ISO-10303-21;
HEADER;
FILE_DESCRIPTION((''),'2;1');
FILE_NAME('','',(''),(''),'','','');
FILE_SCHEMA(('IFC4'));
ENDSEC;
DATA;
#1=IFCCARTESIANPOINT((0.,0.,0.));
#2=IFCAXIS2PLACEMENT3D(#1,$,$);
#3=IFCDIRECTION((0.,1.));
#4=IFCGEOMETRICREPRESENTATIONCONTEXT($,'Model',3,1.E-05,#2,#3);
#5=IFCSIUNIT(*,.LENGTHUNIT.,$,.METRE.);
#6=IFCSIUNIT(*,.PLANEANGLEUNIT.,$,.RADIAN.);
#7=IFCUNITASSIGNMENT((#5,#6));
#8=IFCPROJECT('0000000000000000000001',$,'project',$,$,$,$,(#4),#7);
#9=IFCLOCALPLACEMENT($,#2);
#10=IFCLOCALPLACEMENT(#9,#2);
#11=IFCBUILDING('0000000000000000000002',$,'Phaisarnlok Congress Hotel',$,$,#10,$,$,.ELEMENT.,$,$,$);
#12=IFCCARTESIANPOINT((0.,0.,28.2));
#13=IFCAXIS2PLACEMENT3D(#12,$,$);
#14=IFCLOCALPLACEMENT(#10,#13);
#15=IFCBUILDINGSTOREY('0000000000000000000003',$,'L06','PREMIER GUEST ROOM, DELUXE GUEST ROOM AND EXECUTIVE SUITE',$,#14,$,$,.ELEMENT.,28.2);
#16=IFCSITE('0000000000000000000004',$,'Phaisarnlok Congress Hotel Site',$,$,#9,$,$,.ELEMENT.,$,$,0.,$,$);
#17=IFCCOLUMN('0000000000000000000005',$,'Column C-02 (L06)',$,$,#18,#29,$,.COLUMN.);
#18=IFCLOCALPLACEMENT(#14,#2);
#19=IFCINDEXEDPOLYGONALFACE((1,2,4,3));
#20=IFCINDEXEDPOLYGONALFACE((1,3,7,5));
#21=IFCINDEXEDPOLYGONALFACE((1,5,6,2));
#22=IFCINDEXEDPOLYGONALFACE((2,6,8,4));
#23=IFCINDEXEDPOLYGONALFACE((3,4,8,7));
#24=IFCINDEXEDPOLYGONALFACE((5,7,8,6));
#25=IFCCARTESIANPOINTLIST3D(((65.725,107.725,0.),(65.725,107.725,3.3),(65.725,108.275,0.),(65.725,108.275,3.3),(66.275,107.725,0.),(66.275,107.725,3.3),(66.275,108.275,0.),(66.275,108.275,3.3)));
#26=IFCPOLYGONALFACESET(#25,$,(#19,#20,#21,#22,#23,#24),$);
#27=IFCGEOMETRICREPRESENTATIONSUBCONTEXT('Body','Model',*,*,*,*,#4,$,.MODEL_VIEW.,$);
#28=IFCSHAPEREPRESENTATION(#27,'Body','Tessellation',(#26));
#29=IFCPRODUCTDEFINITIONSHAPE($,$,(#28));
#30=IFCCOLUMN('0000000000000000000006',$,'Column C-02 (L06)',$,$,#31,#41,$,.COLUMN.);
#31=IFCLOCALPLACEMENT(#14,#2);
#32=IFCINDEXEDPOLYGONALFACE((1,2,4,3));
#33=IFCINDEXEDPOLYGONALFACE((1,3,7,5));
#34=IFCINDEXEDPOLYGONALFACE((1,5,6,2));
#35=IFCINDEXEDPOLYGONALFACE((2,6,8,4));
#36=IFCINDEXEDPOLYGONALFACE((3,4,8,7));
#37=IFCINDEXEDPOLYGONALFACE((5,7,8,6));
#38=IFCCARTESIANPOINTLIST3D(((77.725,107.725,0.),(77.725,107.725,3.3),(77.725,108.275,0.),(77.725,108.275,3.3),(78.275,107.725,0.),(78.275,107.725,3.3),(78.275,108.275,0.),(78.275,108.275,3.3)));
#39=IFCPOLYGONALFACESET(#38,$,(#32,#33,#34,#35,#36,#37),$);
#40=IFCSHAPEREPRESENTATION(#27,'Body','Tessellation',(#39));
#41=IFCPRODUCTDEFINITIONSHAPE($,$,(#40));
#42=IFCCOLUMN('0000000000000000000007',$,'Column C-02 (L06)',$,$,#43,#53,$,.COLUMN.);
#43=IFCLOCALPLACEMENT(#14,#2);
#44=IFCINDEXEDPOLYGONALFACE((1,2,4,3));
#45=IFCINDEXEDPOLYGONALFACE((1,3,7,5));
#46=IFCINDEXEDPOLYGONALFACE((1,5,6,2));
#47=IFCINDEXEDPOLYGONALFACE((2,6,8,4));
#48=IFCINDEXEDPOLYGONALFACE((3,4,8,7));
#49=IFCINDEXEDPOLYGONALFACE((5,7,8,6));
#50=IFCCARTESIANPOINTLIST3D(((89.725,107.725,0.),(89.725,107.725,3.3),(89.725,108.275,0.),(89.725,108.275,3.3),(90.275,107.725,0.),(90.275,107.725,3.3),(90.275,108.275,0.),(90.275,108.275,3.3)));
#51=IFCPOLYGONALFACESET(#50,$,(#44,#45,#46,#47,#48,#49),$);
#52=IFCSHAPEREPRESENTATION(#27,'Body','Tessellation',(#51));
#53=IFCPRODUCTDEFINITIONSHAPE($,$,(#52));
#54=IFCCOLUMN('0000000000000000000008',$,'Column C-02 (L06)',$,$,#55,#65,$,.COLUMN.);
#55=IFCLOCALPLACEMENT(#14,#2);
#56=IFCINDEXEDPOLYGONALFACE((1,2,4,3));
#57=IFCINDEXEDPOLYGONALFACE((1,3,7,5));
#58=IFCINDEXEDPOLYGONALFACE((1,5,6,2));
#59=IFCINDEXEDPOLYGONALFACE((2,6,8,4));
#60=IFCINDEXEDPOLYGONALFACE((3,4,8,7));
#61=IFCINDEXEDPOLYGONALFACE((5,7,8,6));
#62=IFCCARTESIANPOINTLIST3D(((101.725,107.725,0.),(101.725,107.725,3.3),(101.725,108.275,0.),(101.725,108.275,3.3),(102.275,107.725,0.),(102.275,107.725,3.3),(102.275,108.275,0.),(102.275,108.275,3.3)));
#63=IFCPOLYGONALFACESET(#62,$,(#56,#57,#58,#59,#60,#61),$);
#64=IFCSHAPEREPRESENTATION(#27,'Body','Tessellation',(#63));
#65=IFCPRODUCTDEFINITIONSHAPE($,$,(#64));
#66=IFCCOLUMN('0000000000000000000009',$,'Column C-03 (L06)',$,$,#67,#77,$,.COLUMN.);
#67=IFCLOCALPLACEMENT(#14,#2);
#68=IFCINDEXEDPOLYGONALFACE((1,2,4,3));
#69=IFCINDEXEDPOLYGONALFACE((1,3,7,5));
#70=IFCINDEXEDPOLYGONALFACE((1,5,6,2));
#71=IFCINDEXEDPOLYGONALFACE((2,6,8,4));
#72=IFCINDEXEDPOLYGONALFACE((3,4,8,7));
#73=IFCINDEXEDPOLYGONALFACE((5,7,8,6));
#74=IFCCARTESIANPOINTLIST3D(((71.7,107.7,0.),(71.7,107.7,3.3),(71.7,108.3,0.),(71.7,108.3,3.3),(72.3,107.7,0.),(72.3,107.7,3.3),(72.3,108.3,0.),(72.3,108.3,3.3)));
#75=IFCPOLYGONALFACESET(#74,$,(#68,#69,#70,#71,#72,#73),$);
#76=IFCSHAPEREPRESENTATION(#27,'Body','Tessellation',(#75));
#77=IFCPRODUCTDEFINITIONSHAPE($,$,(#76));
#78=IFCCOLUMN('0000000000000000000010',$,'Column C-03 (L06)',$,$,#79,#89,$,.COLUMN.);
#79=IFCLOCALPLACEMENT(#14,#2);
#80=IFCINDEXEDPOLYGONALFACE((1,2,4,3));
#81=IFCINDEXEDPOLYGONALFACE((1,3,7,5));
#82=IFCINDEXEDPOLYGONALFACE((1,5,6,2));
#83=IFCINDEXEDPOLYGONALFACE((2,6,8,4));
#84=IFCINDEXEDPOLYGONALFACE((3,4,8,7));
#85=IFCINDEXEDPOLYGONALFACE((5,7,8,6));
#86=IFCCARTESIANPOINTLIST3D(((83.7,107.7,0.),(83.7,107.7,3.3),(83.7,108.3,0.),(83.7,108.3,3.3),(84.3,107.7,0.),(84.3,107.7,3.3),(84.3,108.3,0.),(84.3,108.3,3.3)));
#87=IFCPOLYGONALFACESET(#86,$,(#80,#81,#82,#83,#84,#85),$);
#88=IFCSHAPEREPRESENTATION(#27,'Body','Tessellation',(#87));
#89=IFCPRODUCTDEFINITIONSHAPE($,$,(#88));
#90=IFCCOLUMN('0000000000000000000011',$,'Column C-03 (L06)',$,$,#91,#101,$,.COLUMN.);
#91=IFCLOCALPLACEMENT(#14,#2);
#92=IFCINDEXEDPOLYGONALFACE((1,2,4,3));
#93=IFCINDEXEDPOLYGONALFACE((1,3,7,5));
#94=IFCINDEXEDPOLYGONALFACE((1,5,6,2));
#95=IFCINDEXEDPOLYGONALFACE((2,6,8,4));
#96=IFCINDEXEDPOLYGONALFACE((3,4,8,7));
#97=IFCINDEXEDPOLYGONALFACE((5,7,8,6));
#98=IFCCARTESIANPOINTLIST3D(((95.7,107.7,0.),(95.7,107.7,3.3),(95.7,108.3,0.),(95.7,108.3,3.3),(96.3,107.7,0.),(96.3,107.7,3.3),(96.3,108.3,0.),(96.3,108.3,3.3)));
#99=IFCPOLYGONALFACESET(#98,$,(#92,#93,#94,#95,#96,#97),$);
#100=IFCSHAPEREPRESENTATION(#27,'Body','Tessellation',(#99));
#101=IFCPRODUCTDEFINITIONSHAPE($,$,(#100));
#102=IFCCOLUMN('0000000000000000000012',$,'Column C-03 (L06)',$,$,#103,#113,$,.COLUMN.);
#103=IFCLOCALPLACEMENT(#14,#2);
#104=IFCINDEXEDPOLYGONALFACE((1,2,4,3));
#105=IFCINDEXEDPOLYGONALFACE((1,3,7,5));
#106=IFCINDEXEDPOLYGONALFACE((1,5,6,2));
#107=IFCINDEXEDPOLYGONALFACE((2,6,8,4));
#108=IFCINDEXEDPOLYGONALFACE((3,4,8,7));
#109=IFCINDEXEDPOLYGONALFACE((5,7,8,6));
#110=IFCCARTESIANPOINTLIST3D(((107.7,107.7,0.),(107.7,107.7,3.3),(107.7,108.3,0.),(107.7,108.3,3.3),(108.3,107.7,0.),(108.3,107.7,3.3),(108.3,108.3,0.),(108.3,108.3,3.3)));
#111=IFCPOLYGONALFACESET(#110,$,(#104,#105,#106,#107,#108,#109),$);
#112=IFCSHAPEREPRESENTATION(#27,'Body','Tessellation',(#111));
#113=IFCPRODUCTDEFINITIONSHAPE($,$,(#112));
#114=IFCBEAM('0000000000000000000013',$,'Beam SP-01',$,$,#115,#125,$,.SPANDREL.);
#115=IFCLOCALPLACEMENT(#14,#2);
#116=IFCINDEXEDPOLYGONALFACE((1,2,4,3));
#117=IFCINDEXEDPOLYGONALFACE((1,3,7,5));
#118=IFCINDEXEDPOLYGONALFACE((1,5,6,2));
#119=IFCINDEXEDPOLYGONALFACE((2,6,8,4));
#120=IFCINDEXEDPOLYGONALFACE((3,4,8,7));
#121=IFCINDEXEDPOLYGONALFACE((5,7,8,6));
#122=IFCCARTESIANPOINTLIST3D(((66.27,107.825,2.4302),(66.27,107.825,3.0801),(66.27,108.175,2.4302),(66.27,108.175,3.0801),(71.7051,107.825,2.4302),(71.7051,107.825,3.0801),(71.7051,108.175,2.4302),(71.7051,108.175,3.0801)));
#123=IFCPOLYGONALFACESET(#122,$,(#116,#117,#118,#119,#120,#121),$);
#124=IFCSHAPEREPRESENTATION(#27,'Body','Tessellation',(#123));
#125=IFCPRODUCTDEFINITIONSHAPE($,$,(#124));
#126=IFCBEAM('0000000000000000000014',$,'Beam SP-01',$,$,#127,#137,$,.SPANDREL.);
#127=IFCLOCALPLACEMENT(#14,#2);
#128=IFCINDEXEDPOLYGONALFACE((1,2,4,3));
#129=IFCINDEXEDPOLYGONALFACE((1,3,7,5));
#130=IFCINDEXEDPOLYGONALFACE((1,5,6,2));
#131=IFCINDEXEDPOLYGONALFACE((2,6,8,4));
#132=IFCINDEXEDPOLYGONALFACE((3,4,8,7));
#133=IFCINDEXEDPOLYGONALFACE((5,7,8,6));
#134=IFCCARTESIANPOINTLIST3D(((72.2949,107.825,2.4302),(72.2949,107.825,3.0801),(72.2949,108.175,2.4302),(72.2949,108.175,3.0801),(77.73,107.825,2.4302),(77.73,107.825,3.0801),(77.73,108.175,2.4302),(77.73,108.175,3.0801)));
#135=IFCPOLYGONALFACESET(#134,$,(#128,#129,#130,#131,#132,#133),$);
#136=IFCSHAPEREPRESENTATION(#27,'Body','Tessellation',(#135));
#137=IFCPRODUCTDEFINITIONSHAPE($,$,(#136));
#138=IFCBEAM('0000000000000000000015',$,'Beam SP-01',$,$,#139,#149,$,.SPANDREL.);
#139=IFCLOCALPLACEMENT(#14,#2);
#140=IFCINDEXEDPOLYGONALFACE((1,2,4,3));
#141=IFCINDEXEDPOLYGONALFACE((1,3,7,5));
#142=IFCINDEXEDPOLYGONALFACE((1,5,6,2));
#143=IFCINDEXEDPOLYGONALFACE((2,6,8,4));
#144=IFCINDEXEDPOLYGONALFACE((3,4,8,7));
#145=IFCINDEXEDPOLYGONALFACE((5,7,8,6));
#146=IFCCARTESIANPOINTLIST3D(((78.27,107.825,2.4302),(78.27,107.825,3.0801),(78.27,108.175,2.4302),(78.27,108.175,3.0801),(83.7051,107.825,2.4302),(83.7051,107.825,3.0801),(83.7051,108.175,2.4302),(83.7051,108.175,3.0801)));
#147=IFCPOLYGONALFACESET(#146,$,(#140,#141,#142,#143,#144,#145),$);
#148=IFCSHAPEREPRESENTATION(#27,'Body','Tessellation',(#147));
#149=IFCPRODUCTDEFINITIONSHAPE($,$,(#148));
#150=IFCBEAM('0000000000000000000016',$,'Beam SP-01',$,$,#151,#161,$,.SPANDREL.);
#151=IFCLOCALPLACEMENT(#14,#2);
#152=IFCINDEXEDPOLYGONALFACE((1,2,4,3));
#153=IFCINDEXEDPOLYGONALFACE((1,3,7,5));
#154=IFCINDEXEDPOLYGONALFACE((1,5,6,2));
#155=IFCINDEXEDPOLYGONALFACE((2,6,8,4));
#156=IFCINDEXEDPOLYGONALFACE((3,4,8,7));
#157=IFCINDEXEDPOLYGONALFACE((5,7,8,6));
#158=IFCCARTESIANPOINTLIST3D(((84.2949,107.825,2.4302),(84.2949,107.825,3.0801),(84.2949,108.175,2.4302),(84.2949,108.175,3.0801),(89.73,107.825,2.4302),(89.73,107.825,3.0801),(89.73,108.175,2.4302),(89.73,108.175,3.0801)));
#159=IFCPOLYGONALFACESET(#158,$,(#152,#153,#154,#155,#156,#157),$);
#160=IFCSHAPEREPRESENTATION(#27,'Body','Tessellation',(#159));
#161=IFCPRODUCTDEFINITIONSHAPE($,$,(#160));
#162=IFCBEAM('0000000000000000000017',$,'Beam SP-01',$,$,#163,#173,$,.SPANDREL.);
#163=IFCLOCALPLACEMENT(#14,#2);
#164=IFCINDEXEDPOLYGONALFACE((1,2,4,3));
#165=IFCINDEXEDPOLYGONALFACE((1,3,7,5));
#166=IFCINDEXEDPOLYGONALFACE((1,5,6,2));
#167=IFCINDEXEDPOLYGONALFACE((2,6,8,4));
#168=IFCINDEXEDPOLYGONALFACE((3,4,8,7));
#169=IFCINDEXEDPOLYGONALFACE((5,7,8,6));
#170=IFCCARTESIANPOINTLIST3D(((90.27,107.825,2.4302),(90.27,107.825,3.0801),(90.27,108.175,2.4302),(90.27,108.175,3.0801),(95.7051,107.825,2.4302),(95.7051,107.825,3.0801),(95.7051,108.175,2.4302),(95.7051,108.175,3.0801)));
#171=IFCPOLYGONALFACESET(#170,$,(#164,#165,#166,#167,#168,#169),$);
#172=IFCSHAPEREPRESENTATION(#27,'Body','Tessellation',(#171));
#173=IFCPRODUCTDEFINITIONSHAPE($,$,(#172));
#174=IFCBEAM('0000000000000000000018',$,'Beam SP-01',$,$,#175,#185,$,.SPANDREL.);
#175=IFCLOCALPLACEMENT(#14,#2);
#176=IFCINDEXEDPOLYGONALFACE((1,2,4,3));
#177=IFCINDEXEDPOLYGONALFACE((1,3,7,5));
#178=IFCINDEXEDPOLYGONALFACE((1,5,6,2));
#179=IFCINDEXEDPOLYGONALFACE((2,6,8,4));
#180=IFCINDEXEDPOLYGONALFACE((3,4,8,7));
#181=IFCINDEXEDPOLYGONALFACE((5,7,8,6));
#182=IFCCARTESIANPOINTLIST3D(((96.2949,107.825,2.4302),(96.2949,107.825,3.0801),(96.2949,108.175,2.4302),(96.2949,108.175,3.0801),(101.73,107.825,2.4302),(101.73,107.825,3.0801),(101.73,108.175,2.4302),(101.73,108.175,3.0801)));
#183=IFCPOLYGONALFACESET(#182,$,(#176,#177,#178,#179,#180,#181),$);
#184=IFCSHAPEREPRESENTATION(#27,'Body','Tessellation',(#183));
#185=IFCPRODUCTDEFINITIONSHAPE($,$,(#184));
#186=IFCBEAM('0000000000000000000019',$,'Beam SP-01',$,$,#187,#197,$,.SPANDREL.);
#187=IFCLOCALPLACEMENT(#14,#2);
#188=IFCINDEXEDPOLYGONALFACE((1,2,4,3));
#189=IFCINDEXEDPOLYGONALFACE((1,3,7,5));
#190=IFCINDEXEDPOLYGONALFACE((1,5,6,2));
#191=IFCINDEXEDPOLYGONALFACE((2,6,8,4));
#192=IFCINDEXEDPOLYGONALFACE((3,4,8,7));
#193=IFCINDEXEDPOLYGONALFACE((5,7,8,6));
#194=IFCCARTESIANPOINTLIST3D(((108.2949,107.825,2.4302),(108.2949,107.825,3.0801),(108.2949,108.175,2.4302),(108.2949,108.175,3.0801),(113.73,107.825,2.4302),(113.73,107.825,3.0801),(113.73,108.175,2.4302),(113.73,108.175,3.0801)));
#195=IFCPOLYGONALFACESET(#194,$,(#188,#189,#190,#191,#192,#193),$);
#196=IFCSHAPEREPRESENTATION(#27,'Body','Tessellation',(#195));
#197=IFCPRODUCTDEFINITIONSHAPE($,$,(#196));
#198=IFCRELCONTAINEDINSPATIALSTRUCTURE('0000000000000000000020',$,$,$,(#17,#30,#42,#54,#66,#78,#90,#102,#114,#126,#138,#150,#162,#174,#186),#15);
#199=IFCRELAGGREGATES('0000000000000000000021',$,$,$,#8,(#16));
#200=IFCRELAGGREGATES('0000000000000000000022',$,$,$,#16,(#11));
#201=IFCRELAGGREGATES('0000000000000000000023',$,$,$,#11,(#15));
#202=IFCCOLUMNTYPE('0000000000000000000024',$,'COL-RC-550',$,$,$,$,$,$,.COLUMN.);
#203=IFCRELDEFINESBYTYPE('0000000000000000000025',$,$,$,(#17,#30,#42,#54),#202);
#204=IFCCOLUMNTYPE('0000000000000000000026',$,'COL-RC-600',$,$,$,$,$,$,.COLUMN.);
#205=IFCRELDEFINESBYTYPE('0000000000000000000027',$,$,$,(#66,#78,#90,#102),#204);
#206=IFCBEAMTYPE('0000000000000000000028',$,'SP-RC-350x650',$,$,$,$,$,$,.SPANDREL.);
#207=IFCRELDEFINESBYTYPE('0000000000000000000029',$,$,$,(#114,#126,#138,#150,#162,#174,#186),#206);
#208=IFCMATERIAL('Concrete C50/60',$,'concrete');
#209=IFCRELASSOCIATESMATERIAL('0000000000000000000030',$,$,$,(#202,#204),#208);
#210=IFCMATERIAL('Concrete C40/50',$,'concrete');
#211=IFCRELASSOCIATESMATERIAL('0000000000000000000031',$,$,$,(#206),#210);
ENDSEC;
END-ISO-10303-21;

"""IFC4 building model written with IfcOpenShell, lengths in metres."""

from ifc_helpers import new_model, si_unit, direction, frame, origin, origin_2d, place, context, subcontext, project, spatial, rectangle, extrude, material, material_profile, profile_set, type_object, element, save


model = new_model("IFC4")

# Units and contexts
model_context = context("Model", 3, precision=1e-05, world=origin(), true_north=direction((0.0, 1.0)))
body_context = subcontext(model_context, "Body", "Model", "MODEL_VIEW")
ifc_project = project(units=[si_unit("LENGTHUNIT", "METRE"), si_unit("PLANEANGLEUNIT", "RADIAN")], contexts=[model_context])

# Site, building, storey
site_placement = place(None, origin())
site = spatial("IfcSite", under=ifc_project, at=site_placement, Name="Phaisarnlok Congress Hotel Site", CompositionType="ELEMENT", RefElevation=0.0)
building_placement = place(site_placement, origin())
building = spatial("IfcBuilding", under=site, at=building_placement, Name="Phaisarnlok Congress Hotel", CompositionType="ELEMENT")
storey_placement = place(building_placement, frame((0.0, 0.0, 28.2)))
storey = spatial("IfcBuildingStorey", under=building, at=storey_placement, Name="L06", Description="PREMIER GUEST ROOM, DELUXE GUEST ROOM AND EXECUTIVE SUITE", CompositionType="ELEMENT", Elevation=28.2)

# Columns
ifc_material_1 = material(Name="Concrete C50/60", Category="concrete")
ifc_material_profile_1 = material_profile(ifc_material_1, rectangle(XDim=0.55, YDim=0.55, at=origin_2d()), Name="RC 550x550")
ifc_profile_set_1 = profile_set([ifc_material_profile_1], Name="Concrete C50/60")
column_type_1 = type_object("IfcColumnType", Name="COL-RC-550", PredefinedType="COLUMN", material=ifc_profile_set_1)
for number, where, z_axis, x_axis, name in (
    (1, (66.0, 108.0, 0.0), (0.0, 0.0, 1.0), (1.0, 0.0, 0.0), "Column C-02 (L06)"),
    (2, (78.0, 108.0, 0.0), (0.0, 0.0, 1.0), (1.0, 0.0, 0.0), "Column C-02 (L06)"),
    (3, (90.0, 108.0, 0.0), (0.0, 0.0, 1.0), (1.0, 0.0, 0.0), "Column C-02 (L06)"),
    (4, (102.0, 108.0, 0.0), (0.0, 0.0, 1.0), (1.0, 0.0, 0.0), "Column C-02 (L06)"),
):
    element("IfcColumn", number, at=place(storey_placement, frame(where, z_axis=z_axis, x_axis=x_axis)), inside=storey, type_object=column_type_1, Name=name, PredefinedType="COLUMN", context=body_context, shape_type="SweptSolid", body=[
        extrude(rectangle(XDim=0.55, YDim=0.55, at=origin_2d()), origin(), (0.0, 0.0, 1.0), 3.3),
    ])
ifc_material_profile_2 = material_profile(ifc_material_1, rectangle(XDim=0.6001, YDim=0.6001, at=origin_2d()), Name="RC 600x600")
ifc_profile_set_2 = profile_set([ifc_material_profile_2], Name="Concrete C50/60")
column_type_2 = type_object("IfcColumnType", Name="COL-RC-600", PredefinedType="COLUMN", material=ifc_profile_set_2)
for number, where, z_axis, x_axis, name in (
    (5, (72.0, 108.0, 0.0), (0.0, 0.0, 1.0), (1.0, 0.0, 0.0), "Column C-03 (L06)"),
    (6, (84.0, 108.0, 0.0), (0.0, 0.0, 1.0), (1.0, 0.0, 0.0), "Column C-03 (L06)"),
    (7, (96.0, 108.0, 0.0), (0.0, 0.0, 1.0), (1.0, 0.0, 0.0), "Column C-03 (L06)"),
    (8, (108.0, 108.0, 0.0), (0.0, 0.0, 1.0), (1.0, 0.0, 0.0), "Column C-03 (L06)"),
):
    element("IfcColumn", number, at=place(storey_placement, frame(where, z_axis=z_axis, x_axis=x_axis)), inside=storey, type_object=column_type_2, Name=name, PredefinedType="COLUMN", context=body_context, shape_type="SweptSolid", body=[
        extrude(rectangle(XDim=0.6001, YDim=0.6001, at=origin_2d()), origin(), (0.0, 0.0, 1.0), 3.3),
    ])

# Beams
ifc_material_2 = material(Name="Concrete C40/50", Category="concrete")
ifc_material_profile_3 = material_profile(ifc_material_2, rectangle(XDim=0.3501, YDim=0.6499, at=origin_2d()), Name="RC 350x650")
ifc_profile_set_3 = profile_set([ifc_material_profile_3], Name="Concrete C40/50")
beam_type = type_object("IfcBeamType", Name="SP-RC-350x650", PredefinedType="SPANDREL", material=ifc_profile_set_3)
for number, where, z_axis, x_axis, name in (
    (9, (66.27, 108.0, 2.7551), (1.0, 0.0, 0.0), (0.0, 1.0, 0.0), "Beam SP-01"),
    (10, (72.2949, 108.0, 2.7551), (1.0, 0.0, 0.0), (0.0, 1.0, 0.0), "Beam SP-01"),
    (11, (78.27, 108.0, 2.7551), (1.0, 0.0, 0.0), (0.0, 1.0, 0.0), "Beam SP-01"),
    (12, (84.2949, 108.0, 2.7551), (1.0, 0.0, 0.0), (0.0, 1.0, 0.0), "Beam SP-01"),
    (13, (90.27, 108.0, 2.7551), (1.0, 0.0, 0.0), (0.0, 1.0, 0.0), "Beam SP-01"),
    (14, (96.2949, 108.0, 2.7551), (1.0, 0.0, 0.0), (0.0, 1.0, 0.0), "Beam SP-01"),
    (15, (108.2949, 108.0, 2.7551), (1.0, 0.0, 0.0), (0.0, 1.0, 0.0), "Beam SP-01"),
):
    element("IfcBeam", number, at=place(storey_placement, frame(where, z_axis=z_axis, x_axis=x_axis)), inside=storey, type_object=beam_type, Name=name, PredefinedType="SPANDREL", context=body_context, shape_type="SweptSolid", body=[
        extrude(rectangle(XDim=0.3501, YDim=0.6499, at=origin_2d()), origin(), (0.0, 0.0, 1.0), 5.4351),
    ])

save(model, "model.ifc")
